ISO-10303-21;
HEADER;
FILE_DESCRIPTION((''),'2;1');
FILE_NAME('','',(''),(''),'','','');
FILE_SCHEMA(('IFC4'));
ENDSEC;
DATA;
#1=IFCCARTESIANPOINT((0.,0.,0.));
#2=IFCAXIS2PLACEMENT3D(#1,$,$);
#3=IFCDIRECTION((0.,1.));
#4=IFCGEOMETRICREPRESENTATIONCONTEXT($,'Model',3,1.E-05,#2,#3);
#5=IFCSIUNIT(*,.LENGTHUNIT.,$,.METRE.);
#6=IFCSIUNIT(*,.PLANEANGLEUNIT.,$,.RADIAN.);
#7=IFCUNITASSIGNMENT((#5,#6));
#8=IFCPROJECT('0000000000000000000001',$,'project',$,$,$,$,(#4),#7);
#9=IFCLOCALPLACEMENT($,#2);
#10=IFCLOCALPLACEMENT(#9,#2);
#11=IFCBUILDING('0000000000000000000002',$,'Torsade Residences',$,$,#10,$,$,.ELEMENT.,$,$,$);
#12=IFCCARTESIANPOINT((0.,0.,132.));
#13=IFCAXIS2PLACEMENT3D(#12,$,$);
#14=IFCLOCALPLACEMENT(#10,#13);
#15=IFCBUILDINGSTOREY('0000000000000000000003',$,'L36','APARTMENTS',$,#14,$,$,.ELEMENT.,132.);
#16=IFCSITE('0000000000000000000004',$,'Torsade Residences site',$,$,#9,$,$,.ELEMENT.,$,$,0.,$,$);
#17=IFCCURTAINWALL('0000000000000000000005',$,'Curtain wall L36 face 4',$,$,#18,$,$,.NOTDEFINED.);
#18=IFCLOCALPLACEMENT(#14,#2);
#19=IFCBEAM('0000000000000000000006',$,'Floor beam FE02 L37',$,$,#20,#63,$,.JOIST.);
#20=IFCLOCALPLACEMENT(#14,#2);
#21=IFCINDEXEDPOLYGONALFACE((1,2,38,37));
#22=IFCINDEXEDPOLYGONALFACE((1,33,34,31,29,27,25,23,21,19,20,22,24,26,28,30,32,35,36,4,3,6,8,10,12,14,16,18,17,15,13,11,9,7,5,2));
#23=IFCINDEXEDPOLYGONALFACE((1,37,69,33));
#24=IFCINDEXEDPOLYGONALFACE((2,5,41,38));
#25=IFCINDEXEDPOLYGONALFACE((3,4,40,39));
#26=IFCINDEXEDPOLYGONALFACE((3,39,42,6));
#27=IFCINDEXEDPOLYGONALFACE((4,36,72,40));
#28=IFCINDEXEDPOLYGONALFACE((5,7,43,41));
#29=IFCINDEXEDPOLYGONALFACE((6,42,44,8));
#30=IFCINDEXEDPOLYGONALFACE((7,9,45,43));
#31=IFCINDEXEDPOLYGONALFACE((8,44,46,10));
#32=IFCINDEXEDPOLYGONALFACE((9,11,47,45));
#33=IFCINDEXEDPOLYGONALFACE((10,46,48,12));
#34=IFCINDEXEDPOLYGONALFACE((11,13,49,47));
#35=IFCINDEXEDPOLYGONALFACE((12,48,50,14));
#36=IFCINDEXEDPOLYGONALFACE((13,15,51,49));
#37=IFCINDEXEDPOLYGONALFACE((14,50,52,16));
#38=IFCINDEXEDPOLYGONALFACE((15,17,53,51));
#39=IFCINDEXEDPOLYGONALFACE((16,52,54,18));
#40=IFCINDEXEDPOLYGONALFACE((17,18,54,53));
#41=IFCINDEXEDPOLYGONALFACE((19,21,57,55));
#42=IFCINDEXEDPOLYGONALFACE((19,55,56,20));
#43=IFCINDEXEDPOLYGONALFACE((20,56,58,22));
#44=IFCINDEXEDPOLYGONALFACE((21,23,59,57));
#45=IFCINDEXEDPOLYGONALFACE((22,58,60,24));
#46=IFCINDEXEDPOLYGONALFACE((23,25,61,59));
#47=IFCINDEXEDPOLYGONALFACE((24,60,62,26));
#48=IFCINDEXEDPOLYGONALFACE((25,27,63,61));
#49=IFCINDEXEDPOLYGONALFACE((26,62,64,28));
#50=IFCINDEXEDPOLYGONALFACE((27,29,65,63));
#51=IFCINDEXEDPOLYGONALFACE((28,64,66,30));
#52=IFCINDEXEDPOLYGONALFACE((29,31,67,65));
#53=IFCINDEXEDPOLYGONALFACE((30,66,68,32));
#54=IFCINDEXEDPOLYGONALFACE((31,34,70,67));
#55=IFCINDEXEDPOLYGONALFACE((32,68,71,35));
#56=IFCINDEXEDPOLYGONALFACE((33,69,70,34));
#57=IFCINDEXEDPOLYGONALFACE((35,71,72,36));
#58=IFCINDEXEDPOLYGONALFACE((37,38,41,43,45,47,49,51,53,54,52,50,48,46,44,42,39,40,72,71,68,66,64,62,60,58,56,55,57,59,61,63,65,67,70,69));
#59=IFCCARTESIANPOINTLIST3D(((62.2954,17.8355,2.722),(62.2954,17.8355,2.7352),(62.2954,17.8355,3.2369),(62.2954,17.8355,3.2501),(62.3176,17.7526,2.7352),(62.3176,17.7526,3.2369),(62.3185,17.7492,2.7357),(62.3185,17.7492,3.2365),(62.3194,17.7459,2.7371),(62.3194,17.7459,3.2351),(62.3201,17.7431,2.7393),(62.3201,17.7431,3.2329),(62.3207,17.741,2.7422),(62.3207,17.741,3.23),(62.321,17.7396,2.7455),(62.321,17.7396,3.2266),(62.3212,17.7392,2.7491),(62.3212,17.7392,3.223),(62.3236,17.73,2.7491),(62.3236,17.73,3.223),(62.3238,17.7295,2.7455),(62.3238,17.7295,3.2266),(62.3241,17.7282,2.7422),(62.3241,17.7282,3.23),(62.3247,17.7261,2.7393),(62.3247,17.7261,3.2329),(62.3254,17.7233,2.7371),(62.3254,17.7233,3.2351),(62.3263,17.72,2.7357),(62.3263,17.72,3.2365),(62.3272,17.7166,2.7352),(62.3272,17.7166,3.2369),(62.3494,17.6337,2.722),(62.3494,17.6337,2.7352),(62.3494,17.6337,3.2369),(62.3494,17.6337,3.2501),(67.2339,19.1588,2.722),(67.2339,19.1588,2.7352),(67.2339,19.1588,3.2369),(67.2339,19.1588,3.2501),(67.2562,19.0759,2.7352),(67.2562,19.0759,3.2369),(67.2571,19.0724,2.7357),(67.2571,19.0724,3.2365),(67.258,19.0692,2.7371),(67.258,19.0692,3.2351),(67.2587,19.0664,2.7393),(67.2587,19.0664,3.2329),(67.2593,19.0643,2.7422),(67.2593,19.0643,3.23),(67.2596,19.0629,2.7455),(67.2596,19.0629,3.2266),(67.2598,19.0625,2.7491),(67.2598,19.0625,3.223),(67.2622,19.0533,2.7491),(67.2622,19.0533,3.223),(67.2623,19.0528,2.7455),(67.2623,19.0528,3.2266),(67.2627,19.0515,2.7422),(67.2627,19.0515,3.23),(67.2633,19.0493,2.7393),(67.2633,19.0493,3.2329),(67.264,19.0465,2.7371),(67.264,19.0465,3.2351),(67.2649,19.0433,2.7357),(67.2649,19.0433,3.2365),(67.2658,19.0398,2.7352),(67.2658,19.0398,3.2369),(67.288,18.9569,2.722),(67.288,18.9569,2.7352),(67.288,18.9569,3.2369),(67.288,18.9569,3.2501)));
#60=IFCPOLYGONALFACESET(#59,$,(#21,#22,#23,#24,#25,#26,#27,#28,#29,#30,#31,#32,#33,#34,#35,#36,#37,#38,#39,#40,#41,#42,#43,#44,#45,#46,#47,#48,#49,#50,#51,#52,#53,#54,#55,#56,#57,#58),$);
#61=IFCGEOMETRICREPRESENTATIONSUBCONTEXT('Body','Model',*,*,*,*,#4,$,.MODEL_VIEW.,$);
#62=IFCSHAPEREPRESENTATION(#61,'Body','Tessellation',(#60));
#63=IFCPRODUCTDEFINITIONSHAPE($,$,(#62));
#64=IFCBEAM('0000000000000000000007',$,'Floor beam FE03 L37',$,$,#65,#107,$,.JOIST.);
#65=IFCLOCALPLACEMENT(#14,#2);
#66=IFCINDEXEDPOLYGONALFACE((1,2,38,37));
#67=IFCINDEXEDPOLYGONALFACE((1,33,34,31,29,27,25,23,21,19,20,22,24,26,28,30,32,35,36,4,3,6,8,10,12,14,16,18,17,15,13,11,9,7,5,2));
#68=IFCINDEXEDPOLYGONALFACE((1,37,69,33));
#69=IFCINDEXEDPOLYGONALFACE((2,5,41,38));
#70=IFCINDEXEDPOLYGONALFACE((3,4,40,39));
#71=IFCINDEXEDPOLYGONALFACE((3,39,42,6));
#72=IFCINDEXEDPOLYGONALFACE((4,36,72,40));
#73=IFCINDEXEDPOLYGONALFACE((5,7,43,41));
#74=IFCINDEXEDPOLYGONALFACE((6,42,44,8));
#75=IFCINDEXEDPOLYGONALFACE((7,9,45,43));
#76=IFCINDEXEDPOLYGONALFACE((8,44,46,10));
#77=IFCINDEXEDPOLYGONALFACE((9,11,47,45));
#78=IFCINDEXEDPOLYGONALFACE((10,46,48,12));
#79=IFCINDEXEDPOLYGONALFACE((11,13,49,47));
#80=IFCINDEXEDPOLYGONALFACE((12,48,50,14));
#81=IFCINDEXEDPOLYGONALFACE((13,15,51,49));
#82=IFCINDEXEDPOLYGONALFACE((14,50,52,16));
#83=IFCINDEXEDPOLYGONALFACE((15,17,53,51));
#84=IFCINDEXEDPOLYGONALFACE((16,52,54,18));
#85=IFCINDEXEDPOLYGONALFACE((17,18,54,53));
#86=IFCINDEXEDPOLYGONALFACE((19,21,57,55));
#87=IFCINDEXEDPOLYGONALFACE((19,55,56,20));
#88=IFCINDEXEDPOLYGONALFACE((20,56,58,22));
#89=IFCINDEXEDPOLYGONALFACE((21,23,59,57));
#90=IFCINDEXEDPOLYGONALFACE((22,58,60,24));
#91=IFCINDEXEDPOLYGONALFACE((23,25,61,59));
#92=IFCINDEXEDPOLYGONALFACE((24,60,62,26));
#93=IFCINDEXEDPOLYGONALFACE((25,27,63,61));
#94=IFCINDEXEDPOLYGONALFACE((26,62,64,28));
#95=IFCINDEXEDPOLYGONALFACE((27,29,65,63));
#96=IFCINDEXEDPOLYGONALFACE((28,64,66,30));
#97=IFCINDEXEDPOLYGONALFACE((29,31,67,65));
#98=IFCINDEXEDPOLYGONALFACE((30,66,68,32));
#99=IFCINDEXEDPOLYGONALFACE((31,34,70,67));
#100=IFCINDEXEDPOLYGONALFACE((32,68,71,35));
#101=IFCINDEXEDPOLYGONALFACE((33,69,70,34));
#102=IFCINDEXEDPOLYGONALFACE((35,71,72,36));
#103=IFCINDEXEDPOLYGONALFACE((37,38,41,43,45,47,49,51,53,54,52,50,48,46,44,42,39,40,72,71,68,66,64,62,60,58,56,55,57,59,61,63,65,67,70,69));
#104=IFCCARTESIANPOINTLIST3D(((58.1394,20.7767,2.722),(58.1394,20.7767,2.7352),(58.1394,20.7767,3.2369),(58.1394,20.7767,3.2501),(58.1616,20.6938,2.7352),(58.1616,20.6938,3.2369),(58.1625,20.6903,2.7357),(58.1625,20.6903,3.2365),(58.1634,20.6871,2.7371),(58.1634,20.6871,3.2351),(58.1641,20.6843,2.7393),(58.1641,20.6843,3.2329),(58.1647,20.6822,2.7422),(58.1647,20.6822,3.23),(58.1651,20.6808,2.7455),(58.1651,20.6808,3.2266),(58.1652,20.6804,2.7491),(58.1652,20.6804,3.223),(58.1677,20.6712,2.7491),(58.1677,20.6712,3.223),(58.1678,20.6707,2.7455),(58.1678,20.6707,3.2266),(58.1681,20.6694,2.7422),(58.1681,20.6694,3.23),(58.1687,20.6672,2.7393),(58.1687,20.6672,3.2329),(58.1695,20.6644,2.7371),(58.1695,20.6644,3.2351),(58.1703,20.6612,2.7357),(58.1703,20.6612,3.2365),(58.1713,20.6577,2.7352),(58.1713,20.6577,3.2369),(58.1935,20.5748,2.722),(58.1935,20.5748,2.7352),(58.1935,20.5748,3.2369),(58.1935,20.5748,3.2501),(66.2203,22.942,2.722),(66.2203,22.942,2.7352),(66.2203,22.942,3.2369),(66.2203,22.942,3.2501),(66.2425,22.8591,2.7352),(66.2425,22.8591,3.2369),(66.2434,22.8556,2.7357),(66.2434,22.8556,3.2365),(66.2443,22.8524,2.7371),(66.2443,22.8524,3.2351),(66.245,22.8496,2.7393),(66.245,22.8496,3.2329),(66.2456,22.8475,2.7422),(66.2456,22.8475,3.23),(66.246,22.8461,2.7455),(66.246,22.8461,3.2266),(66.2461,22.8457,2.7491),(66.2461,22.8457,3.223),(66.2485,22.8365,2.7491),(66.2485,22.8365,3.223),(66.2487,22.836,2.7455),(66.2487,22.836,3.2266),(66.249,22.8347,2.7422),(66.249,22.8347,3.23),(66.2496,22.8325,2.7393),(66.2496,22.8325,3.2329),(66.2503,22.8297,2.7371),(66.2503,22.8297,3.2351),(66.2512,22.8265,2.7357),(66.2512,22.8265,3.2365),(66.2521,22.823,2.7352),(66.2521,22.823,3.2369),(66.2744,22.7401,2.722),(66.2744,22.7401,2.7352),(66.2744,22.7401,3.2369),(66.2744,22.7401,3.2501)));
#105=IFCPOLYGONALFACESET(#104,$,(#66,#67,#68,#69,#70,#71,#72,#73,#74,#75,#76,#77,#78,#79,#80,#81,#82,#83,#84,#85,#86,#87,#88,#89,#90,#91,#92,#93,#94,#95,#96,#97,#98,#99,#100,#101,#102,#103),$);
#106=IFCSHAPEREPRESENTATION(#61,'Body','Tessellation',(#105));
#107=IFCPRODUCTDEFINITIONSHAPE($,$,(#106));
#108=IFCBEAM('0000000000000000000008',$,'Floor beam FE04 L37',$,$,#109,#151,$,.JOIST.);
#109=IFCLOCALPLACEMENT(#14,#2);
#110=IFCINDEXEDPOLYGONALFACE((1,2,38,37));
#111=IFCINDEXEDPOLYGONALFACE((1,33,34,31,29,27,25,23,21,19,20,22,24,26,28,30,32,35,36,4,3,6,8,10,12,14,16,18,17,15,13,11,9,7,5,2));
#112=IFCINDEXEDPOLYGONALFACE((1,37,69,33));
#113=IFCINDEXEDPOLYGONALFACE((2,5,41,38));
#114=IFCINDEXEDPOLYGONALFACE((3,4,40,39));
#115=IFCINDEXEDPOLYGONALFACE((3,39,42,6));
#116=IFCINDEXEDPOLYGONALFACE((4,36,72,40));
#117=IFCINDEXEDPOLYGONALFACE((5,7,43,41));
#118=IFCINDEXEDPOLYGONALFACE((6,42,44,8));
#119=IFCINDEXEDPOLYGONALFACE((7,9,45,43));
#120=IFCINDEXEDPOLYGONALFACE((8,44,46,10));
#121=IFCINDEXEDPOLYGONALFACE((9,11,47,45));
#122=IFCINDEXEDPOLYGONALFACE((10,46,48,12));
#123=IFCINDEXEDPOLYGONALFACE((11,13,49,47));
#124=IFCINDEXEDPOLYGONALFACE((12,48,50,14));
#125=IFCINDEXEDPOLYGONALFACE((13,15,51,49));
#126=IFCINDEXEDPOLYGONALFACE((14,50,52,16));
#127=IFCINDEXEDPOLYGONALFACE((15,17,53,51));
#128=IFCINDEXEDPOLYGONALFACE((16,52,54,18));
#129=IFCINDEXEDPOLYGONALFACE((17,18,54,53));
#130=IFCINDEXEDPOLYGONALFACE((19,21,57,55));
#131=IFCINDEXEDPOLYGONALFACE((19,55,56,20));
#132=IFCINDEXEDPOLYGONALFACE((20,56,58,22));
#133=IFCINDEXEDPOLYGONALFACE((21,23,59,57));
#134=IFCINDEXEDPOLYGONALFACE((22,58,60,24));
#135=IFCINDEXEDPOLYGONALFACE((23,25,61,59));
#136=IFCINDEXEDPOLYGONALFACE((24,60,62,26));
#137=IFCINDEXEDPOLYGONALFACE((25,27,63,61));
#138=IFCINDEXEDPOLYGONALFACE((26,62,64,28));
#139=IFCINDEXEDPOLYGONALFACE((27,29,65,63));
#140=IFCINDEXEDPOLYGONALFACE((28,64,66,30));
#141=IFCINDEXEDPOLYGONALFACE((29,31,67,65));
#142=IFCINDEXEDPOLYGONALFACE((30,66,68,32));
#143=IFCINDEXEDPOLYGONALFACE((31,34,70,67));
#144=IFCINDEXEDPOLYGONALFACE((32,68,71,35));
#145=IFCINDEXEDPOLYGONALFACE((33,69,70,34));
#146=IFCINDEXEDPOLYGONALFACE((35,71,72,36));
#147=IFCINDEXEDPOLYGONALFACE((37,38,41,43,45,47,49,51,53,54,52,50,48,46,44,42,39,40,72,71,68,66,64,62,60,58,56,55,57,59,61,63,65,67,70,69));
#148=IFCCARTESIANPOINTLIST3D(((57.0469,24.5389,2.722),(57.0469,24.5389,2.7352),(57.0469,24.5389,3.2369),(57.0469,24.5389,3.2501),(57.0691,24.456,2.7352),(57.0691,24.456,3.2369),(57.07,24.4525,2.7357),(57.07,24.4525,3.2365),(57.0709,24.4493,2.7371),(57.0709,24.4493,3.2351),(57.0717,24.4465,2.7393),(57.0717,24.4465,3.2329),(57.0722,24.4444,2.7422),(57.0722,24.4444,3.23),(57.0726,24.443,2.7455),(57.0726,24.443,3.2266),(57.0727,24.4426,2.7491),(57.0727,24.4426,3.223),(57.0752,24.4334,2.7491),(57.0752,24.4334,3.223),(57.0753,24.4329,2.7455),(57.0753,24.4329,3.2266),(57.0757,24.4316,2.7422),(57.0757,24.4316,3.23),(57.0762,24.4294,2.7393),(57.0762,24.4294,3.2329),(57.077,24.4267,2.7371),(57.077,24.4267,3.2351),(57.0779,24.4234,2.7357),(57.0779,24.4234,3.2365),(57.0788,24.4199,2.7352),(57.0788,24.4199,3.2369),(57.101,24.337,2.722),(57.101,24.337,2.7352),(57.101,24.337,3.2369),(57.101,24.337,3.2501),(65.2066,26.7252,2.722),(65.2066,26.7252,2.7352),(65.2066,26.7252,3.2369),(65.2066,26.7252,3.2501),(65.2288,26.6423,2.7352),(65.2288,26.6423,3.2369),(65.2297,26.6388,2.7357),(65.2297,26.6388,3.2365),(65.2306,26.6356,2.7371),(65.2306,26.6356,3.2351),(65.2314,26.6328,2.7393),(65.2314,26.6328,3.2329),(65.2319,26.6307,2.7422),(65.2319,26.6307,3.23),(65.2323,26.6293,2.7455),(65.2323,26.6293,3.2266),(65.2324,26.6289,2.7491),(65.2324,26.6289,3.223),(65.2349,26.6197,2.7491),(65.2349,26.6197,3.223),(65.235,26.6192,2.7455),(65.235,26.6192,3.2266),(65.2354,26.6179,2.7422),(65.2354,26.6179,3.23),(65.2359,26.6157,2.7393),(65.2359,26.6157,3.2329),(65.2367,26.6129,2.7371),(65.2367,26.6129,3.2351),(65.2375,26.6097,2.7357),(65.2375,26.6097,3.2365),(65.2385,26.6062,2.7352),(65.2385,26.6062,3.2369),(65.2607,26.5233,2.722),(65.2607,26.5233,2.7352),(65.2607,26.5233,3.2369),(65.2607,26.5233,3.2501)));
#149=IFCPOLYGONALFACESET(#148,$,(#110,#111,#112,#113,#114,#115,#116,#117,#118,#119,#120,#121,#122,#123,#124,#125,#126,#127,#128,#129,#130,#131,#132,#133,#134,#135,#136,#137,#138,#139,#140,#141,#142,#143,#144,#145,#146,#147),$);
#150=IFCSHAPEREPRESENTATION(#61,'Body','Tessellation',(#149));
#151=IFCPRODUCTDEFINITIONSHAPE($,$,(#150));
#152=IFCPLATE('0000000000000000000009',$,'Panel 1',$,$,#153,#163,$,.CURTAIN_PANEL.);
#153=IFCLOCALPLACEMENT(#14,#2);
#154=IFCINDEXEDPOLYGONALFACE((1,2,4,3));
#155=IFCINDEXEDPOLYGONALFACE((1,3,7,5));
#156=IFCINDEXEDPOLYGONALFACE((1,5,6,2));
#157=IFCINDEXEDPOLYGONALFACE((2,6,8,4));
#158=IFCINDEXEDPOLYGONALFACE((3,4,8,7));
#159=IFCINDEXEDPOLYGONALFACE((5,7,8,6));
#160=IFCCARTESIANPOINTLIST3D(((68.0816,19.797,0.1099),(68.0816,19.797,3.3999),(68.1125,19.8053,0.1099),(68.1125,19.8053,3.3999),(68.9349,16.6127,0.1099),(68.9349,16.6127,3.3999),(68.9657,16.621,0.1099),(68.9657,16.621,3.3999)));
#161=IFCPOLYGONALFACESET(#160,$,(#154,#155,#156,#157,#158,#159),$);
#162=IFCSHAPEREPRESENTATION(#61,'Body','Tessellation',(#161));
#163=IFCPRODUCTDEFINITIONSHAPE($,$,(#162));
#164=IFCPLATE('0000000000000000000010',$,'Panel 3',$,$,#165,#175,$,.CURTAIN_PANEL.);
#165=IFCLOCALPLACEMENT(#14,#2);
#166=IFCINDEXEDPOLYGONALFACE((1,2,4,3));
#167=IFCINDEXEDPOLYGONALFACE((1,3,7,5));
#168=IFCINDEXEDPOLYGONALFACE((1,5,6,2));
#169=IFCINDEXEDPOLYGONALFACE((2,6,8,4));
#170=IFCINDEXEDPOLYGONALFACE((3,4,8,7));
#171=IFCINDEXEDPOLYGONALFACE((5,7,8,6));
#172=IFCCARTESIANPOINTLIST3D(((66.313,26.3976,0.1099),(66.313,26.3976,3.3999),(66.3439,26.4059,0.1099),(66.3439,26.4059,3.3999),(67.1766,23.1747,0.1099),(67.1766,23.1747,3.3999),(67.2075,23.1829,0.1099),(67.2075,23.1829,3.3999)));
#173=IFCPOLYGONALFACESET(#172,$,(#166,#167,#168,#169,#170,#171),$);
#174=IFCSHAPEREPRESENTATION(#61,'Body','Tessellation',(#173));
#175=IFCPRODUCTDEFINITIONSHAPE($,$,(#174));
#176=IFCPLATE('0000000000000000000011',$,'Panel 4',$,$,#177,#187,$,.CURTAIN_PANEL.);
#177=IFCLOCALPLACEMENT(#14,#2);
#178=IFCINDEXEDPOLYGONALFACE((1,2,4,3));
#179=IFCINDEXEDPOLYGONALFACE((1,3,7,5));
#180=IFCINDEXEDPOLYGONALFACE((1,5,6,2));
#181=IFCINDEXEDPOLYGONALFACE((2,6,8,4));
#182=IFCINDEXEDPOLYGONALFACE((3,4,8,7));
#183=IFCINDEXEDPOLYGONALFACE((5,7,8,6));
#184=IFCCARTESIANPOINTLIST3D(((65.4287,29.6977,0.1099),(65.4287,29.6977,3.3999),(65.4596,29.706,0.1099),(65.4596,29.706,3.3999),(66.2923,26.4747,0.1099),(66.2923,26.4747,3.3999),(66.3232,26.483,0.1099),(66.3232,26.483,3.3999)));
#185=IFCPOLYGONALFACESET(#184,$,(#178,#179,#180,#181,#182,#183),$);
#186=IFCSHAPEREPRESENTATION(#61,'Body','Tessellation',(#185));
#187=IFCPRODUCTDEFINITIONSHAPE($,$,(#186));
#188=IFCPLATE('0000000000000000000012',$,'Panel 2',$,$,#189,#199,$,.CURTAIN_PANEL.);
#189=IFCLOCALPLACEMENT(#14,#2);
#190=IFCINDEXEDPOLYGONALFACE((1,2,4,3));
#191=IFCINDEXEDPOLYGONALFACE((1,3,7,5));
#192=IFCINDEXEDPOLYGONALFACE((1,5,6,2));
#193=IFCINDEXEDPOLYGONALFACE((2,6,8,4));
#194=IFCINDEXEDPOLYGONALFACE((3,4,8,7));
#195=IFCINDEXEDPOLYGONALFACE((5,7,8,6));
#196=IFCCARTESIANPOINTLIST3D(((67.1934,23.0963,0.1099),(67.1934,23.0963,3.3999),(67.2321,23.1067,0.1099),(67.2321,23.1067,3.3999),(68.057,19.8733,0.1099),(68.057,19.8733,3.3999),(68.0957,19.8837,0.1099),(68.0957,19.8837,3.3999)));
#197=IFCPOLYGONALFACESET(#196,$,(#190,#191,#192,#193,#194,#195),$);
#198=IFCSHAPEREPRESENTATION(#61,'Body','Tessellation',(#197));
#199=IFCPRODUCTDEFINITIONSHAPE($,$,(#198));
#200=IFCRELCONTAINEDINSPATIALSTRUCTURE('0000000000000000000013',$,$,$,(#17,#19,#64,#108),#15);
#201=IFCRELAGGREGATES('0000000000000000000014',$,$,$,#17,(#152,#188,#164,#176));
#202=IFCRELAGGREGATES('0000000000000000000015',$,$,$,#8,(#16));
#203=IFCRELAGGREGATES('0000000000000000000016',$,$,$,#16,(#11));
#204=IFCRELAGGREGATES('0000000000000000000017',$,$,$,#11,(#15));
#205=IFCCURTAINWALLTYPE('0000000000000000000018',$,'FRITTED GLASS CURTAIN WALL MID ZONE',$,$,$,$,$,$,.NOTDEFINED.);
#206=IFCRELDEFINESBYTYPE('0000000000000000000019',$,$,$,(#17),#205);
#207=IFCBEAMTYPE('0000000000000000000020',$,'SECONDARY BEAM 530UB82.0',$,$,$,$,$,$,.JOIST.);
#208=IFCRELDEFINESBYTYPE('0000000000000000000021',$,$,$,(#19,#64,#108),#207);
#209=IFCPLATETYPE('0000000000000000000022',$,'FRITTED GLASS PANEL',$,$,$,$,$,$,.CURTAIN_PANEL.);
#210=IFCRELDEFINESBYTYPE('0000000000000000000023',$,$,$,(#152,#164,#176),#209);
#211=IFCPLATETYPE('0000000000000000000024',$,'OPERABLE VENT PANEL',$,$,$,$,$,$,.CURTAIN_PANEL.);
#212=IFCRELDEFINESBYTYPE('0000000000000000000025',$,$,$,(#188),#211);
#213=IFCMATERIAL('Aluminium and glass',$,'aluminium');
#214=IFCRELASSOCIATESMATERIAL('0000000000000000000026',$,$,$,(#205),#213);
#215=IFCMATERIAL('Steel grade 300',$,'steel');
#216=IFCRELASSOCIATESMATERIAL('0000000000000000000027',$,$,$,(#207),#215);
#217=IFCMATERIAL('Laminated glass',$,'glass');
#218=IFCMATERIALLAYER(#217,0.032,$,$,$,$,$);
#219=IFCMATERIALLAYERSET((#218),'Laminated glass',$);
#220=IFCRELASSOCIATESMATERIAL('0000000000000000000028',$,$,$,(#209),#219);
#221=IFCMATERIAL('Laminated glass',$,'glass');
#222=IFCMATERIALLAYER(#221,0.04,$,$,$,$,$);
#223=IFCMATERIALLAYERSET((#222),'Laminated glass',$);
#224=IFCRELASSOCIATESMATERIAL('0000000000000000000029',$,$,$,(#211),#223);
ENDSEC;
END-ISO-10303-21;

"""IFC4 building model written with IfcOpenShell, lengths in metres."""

from ifc_helpers import new_model, si_unit, direction, frame, origin, origin_2d, place, context, subcontext, project, spatial, rectangle, i_section, extrude, material, layer, layer_set, material_profile, profile_set, type_object, element, aggregate, save


model = new_model("IFC4")

# Units and contexts
model_context = context("Model", 3, precision=1e-05, world=origin(), true_north=direction((0.0, 1.0)))
body_context = subcontext(model_context, "Body", "Model", "MODEL_VIEW")
ifc_project = project(units=[si_unit("LENGTHUNIT", "METRE"), si_unit("PLANEANGLEUNIT", "RADIAN")], contexts=[model_context])

# Site, building, storey
site_placement = place(None, origin())
site = spatial("IfcSite", under=ifc_project, at=site_placement, Name="Torsade Residences site", CompositionType="ELEMENT", RefElevation=0.0)
building_placement = place(site_placement, origin())
building = spatial("IfcBuilding", under=site, at=building_placement, Name="Torsade Residences", CompositionType="ELEMENT")
storey_placement = place(building_placement, frame((0.0, 0.0, 132.0)))
storey = spatial("IfcBuildingStorey", under=building, at=storey_placement, Name="L36", Description="APARTMENTS", CompositionType="ELEMENT", Elevation=132.0)

# Curtain wall
ifc_material_1 = material(Name="Aluminium and glass", Category="aluminium")
curtain_wall_type = type_object("IfcCurtainWallType", Name="FRITTED GLASS CURTAIN WALL MID ZONE", PredefinedType="NOTDEFINED", material=ifc_material_1)
curtain_wall_placement = place(storey_placement, origin())
curtain_wall = element("IfcCurtainWall", 1, at=curtain_wall_placement, inside=storey, type_object=curtain_wall_type, Name="Curtain wall L36 face 4", PredefinedType="NOTDEFINED")

# Beams
ifc_material_2 = material(Name="Steel grade 300", Category="steel")
ifc_material_profile_1 = material_profile(ifc_material_2, i_section(OverallWidth=0.209, OverallDepth=0.5281, WebThickness=0.0095, FlangeThickness=0.0132, FilletRadius=0.0139, at=origin_2d()), Name="530UB82.0")
ifc_profile_set_1 = profile_set([ifc_material_profile_1], Name="Steel grade 300")
beam_type_1 = type_object("IfcBeamType", Name="SECONDARY BEAM 530UB82.0", PredefinedType="JOIST", material=ifc_profile_set_1)
beam_1_placement = place(storey_placement, frame((67.261, 19.0579, 2.9861), z_axis=(-0.965927, -0.258816, 0.0), x_axis=(0.258816, -0.965927, 0.0)))
element("IfcBeam", 2, at=beam_1_placement, inside=storey, type_object=beam_type_1, Name="Floor beam FE02 L37", PredefinedType="JOIST", context=body_context, shape_type="SweptSolid", body=[
    extrude(i_section(OverallWidth=0.209, OverallDepth=0.5281, WebThickness=0.0095, FlangeThickness=0.0132, FilletRadius=0.0139, at=origin_2d()), origin(), (0.0, 0.0, 1.0), 5.1128),
])
beam_2_placement = place(storey_placement, frame((66.2473, 22.8411, 2.9861), z_axis=(-0.965925, -0.258823, 0.0), x_axis=(0.258823, -0.965925, 0.0)))
element("IfcBeam", 3, at=beam_2_placement, inside=storey, type_object=beam_type_1, Name="Floor beam FE03 L37", PredefinedType="JOIST", context=body_context, shape_type="SweptSolid", body=[
    extrude(i_section(OverallWidth=0.209, OverallDepth=0.5281, WebThickness=0.0095, FlangeThickness=0.0132, FilletRadius=0.0139, at=origin_2d()), origin(), (0.0, 0.0, 1.0), 8.366),
])
beam_3_placement = place(storey_placement, frame((65.2336, 26.6243, 2.9861), z_axis=(-0.965929, -0.258808, 0.0), x_axis=(0.258808, -0.965929, 0.0)))
element("IfcBeam", 4, at=beam_3_placement, inside=storey, type_object=beam_type_1, Name="Floor beam FE04 L37", PredefinedType="JOIST", context=body_context, shape_type="SweptSolid", body=[
    extrude(i_section(OverallWidth=0.209, OverallDepth=0.5281, WebThickness=0.0095, FlangeThickness=0.0132, FilletRadius=0.0139, at=origin_2d()), origin(), (0.0, 0.0, 1.0), 8.4475),
])

# Plates
ifc_material_3 = material(Name="Laminated glass", Category="glass")
ifc_layer_1 = layer(ifc_material_3, 0.032)
ifc_layer_set_1 = layer_set([ifc_layer_1], Name="Laminated glass")
plate_type_1 = type_object("IfcPlateType", Name="FRITTED GLASS PANEL", PredefinedType="CURTAIN_PANEL", material=ifc_layer_set_1)
plate_1_placement = place(storey_placement, frame((68.5237, 18.209, 0.1099), z_axis=(0.0, 0.0, 1.0), x_axis=(-0.258819, 0.965926, 0.0)))
plate_1 = element("IfcPlate", 5, at=plate_1_placement, type_object=plate_type_1, Name="Panel 1", PredefinedType="CURTAIN_PANEL", context=body_context, shape_type="SweptSolid", body=[
    extrude(rectangle(XDim=3.2966, YDim=0.032, at=origin_2d()), origin(), (0.0, 0.0, 1.0), 3.29),
])
plate_2_placement = place(storey_placement, frame((66.7603, 24.7903, 0.1099), z_axis=(0.0, 0.0, 1.0), x_axis=(-0.258819, 0.965926, 0.0)))
plate_2 = element("IfcPlate", 6, at=plate_2_placement, type_object=plate_type_1, Name="Panel 3", PredefinedType="CURTAIN_PANEL", context=body_context, shape_type="SweptSolid", body=[
    extrude(rectangle(XDim=3.3367, YDim=0.032, at=origin_2d()), origin(), (0.0, 0.0, 1.0), 3.29),
])
plate_3_placement = place(storey_placement, frame((65.876, 28.0903, 0.1099), z_axis=(0.0, 0.0, 1.0), x_axis=(-0.258819, 0.965926, 0.0)))
plate_3 = element("IfcPlate", 7, at=plate_3_placement, type_object=plate_type_1, Name="Panel 4", PredefinedType="CURTAIN_PANEL", context=body_context, shape_type="SweptSolid", body=[
    extrude(rectangle(XDim=3.3367, YDim=0.032, at=origin_2d()), origin(), (0.0, 0.0, 1.0), 3.29),
])
ifc_material_4 = material(Name="Laminated glass", Category="glass")
ifc_layer_2 = layer(ifc_material_4, 0.04)
ifc_layer_set_2 = layer_set([ifc_layer_2], Name="Laminated glass")
plate_type_2 = type_object("IfcPlateType", Name="OPERABLE VENT PANEL", PredefinedType="CURTAIN_PANEL", material=ifc_layer_set_2)
plate_4_placement = place(storey_placement, frame((67.6445, 21.49, 0.1099), z_axis=(0.0, 0.0, 1.0), x_axis=(-0.258819, 0.965926, 0.0)))
plate_4 = element("IfcPlate", 8, at=plate_4_placement, type_object=plate_type_2, Name="Panel 2", PredefinedType="CURTAIN_PANEL", context=body_context, shape_type="SweptSolid", body=[
    extrude(rectangle(XDim=3.3367, YDim=0.04, at=origin_2d()), origin(), (0.0, 0.0, 1.0), 3.29),
])
aggregate(curtain_wall, [plate_1, plate_4, plate_2, plate_3])

save(model, "model.ifc")
